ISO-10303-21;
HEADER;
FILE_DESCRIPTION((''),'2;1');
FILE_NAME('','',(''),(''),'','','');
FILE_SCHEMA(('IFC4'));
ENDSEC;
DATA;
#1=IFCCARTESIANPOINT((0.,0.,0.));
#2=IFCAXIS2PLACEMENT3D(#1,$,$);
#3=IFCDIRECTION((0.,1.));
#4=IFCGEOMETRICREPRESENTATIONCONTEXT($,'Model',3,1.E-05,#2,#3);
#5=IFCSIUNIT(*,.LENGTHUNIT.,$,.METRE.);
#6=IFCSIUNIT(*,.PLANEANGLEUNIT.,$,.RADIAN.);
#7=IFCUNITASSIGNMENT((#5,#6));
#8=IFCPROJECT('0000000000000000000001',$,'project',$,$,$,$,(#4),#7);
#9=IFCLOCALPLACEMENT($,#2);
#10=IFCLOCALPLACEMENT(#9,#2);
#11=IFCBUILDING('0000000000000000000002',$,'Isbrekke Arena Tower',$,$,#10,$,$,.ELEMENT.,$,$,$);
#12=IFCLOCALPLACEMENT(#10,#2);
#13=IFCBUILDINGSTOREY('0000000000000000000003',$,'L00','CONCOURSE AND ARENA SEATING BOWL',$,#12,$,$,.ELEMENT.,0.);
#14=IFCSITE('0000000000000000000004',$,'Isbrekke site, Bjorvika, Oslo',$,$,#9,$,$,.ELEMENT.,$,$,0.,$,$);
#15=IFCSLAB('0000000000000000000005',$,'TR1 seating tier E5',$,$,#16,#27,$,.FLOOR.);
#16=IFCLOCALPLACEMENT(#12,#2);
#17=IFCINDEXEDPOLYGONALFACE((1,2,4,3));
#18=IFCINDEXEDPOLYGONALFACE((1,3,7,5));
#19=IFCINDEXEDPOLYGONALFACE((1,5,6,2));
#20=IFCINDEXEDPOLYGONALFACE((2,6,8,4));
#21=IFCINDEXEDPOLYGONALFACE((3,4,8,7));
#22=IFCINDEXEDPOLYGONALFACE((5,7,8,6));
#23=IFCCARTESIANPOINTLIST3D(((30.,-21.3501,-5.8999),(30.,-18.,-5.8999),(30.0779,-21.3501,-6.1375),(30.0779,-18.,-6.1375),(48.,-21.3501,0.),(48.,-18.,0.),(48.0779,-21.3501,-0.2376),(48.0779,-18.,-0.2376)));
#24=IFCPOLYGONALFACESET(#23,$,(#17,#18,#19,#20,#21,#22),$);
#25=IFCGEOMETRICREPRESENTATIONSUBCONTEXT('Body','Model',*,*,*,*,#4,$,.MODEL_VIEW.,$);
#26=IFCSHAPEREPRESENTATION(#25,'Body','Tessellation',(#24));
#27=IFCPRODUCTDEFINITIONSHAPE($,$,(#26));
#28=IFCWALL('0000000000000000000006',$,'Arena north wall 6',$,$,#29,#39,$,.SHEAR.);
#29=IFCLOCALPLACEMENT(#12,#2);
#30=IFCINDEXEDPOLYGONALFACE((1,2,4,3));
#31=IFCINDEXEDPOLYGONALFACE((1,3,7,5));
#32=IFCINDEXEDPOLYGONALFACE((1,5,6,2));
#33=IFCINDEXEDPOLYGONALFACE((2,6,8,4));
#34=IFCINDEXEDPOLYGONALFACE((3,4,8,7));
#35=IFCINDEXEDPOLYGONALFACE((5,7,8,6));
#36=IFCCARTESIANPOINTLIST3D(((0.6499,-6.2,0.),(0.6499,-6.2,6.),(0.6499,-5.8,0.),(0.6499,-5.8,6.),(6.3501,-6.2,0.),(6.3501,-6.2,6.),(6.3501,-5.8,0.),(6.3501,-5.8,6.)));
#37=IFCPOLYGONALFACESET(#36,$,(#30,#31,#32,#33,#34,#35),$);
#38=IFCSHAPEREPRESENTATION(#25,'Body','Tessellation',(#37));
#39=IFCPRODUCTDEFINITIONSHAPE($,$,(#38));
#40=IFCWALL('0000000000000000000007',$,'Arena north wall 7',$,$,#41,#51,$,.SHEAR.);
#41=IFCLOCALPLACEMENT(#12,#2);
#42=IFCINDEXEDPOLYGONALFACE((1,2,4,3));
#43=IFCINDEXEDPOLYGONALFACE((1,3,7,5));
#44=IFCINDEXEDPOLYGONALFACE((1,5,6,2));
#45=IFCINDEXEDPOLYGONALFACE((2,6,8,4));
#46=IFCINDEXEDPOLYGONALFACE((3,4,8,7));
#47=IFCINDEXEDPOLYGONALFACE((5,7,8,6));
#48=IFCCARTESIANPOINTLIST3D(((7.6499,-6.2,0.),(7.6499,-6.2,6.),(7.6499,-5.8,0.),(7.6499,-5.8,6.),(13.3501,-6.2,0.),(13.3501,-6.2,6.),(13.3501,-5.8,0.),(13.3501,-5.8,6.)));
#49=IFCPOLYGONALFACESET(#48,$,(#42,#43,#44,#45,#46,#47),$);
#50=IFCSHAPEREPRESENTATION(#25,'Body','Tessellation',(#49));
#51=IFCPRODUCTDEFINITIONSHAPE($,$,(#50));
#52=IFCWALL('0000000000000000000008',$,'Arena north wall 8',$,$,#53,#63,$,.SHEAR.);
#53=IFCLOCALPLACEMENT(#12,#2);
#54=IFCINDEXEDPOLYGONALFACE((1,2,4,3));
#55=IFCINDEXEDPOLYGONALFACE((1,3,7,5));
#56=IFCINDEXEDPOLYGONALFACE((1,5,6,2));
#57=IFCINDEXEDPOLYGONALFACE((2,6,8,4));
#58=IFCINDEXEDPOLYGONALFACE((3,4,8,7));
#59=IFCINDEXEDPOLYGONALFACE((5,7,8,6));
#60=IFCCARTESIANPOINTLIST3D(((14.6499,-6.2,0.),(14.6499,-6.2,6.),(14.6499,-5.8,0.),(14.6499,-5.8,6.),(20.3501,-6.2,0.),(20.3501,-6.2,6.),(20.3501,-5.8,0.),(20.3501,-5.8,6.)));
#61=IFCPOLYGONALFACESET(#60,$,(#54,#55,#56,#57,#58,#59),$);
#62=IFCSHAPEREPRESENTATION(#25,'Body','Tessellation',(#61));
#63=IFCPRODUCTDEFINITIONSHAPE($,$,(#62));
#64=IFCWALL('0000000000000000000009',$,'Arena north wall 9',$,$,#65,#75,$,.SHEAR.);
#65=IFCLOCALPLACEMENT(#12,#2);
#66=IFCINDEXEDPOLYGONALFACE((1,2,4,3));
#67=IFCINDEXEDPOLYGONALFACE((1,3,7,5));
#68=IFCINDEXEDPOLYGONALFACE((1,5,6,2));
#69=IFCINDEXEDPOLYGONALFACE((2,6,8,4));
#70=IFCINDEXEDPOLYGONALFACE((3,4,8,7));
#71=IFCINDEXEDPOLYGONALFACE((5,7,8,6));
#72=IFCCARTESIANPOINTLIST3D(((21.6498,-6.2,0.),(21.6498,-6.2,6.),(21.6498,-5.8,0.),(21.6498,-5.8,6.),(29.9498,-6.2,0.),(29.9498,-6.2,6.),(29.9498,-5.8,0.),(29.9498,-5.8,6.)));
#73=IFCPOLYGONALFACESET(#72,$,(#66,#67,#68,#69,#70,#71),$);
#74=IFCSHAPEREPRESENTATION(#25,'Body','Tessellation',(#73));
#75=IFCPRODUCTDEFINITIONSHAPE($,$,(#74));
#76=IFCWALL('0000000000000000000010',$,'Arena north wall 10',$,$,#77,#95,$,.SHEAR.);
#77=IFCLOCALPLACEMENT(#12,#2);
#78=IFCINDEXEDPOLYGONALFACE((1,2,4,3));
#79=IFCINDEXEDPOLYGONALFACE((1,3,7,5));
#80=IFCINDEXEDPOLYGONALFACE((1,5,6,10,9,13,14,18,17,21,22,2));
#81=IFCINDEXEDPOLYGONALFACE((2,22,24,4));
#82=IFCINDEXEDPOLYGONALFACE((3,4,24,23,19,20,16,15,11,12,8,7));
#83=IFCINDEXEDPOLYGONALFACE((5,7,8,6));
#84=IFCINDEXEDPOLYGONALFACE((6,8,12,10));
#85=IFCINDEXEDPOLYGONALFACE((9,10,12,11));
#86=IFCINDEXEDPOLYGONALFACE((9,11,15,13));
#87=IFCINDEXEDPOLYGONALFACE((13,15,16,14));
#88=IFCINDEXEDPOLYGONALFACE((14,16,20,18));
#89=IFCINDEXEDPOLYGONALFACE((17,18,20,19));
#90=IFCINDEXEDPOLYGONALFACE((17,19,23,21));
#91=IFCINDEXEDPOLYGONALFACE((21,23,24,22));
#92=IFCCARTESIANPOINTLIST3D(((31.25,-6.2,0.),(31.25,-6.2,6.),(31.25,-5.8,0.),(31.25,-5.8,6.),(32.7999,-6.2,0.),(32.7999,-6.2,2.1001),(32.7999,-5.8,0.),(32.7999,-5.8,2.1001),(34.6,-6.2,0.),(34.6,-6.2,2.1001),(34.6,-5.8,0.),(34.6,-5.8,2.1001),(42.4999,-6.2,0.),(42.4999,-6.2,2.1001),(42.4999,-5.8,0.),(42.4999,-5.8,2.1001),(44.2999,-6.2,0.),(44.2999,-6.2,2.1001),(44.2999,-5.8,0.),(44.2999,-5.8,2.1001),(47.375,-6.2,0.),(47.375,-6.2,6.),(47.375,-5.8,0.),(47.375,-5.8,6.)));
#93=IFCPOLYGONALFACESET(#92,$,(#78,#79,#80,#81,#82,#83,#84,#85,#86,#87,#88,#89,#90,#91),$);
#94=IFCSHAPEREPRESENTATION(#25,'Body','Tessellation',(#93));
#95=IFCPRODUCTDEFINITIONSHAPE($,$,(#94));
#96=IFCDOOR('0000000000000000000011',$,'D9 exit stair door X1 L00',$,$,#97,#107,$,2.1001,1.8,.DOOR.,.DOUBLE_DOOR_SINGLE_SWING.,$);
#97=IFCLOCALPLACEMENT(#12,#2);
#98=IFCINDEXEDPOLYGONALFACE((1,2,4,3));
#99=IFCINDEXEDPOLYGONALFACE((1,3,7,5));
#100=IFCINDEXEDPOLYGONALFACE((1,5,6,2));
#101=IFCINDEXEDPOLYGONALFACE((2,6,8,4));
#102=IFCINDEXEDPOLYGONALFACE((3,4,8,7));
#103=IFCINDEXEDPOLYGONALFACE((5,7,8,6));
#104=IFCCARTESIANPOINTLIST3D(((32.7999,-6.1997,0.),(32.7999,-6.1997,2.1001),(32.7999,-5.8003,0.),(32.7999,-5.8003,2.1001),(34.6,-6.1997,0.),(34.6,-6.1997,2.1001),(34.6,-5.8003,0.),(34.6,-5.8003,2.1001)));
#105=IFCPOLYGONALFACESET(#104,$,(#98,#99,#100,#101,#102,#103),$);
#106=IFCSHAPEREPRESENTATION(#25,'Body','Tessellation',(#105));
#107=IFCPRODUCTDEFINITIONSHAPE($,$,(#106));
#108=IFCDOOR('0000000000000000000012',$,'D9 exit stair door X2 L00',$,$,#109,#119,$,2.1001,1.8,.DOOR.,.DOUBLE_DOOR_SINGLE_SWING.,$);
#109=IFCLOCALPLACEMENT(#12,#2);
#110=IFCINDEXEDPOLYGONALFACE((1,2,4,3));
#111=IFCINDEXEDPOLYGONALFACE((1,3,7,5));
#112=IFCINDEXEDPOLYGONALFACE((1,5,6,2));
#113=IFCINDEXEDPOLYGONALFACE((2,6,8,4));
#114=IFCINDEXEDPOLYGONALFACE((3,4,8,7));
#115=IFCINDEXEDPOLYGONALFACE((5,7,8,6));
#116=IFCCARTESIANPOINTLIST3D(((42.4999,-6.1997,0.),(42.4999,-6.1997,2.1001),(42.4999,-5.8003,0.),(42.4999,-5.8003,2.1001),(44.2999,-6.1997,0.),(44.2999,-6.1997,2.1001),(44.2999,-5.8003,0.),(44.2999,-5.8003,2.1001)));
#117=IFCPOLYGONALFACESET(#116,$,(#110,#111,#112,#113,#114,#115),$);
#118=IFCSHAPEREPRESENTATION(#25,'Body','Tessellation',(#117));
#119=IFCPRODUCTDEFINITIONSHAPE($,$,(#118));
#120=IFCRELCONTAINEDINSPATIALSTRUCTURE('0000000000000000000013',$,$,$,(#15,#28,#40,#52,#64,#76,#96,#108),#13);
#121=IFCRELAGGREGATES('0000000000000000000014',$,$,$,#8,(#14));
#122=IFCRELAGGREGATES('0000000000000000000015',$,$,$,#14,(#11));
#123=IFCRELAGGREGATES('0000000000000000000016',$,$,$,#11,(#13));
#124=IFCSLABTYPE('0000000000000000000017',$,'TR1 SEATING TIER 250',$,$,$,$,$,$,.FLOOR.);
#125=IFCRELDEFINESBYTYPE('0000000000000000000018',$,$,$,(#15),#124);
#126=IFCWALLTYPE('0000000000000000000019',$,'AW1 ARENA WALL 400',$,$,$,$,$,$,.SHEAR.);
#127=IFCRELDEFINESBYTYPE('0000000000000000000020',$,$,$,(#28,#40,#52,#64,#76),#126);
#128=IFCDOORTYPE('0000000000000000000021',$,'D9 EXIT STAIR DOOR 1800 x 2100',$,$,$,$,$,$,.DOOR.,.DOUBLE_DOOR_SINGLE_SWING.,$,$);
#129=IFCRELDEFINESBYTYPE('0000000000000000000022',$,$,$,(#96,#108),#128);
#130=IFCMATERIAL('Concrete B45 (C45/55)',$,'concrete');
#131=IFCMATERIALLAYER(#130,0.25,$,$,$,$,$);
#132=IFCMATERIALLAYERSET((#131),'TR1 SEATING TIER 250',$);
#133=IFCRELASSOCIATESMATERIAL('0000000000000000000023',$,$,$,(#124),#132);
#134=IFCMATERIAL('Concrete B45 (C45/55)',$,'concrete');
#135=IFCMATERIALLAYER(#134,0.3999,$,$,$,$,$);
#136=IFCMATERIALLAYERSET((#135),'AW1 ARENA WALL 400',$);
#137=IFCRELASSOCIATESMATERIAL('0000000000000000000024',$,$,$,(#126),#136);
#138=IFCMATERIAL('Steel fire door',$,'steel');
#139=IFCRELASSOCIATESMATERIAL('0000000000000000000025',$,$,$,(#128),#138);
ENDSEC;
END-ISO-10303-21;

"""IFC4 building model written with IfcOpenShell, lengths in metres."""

from ifc_helpers import new_model, si_unit, direction, frame, frame_2d, origin, place, context, subcontext, project, spatial, polyline, rectangle, outline, extrude, material, layer, layer_set, type_object, element, fill, save


model = new_model("IFC4")

# Units and contexts
model_context = context("Model", 3, precision=1e-05, world=origin(), true_north=direction((0.0, 1.0)))
body_context = subcontext(model_context, "Body", "Model", "MODEL_VIEW")
ifc_project = project(units=[si_unit("LENGTHUNIT", "METRE"), si_unit("PLANEANGLEUNIT", "RADIAN")], contexts=[model_context])

# Site, building, storey
site_placement = place(None, origin())
site = spatial("IfcSite", under=ifc_project, at=site_placement, Name="Isbrekke site, Bjorvika, Oslo", CompositionType="ELEMENT", RefElevation=0.0)
building_placement = place(site_placement, origin())
building = spatial("IfcBuilding", under=site, at=building_placement, Name="Isbrekke Arena Tower", CompositionType="ELEMENT")
storey_placement = place(building_placement, origin())
storey = spatial("IfcBuildingStorey", under=building, at=storey_placement, Name="L00", Description="CONCOURSE AND ARENA SEATING BOWL", CompositionType="ELEMENT", Elevation=0.0)

# Slab
ifc_material_1 = material(Name="Concrete B45 (C45/55)", Category="concrete")
ifc_layer_1 = layer(ifc_material_1, 0.25)
ifc_layer_set_1 = layer_set([ifc_layer_1], Name="TR1 SEATING TIER 250")
slab_type = type_object("IfcSlabType", Name="TR1 SEATING TIER 250", PredefinedType="FLOOR", material=ifc_layer_set_1)
slab_1_placement = place(storey_placement, frame((30.0, -21.3501, -5.8999), z_axis=(-0.311468, 0.0, 0.950257), x_axis=(0.950257, 0.0, 0.311468)))
element("IfcSlab", 1, at=slab_1_placement, inside=storey, type_object=slab_type, Name="TR1 seating tier E5", PredefinedType="FLOOR", context=body_context, shape_type="SweptSolid", body=[
    extrude(outline(polyline([(0.0, 0.0), (18.9423, 0.0), (18.9423, 3.3501), (0.0, 3.3501), (0.0, 0.0)])), origin(), (0.0, 0.0, -1.0), 0.25),
])

# Walls
ifc_material_2 = material(Name="Concrete B45 (C45/55)", Category="concrete")
ifc_layer_2 = layer(ifc_material_2, 0.3999)
ifc_layer_set_2 = layer_set([ifc_layer_2], Name="AW1 ARENA WALL 400")
wall_type = type_object("IfcWallType", Name="AW1 ARENA WALL 400", PredefinedType="SHEAR", material=ifc_layer_set_2)
for number, where, z_axis, x_axis, name in (
    (2, (0.6499, -6.0, 0.0), (0.0, 0.0, 1.0), (1.0, 0.0, 0.0), "Arena north wall 6"),
    (3, (7.6499, -6.0, 0.0), (0.0, 0.0, 1.0), (1.0, 0.0, 0.0), "Arena north wall 7"),
    (4, (14.6499, -6.0, 0.0), (0.0, 0.0, 1.0), (1.0, 0.0, 0.0), "Arena north wall 8"),
):
    element("IfcWall", number, at=place(storey_placement, frame(where, z_axis=z_axis, x_axis=x_axis)), inside=storey, type_object=wall_type, Name=name, PredefinedType="SHEAR", context=body_context, shape_type="SweptSolid", body=[
        extrude(rectangle(XDim=5.7002, YDim=0.3999, at=frame_2d((2.8501, 0.0))), origin(), (0.0, 0.0, 1.0), 6.0),
    ])
wall_1_placement = place(storey_placement, frame((21.6499, -6.0, 0.0), z_axis=(0.0, 0.0, 1.0), x_axis=(1.0, 0.0, 0.0)))
element("IfcWall", 5, at=wall_1_placement, inside=storey, type_object=wall_type, Name="Arena north wall 9", PredefinedType="SHEAR", context=body_context, shape_type="SweptSolid", body=[
    extrude(rectangle(XDim=8.3, YDim=0.3999, at=frame_2d((4.1499, 0.0))), origin(), (0.0, 0.0, 1.0), 6.0),
])

# Wall, openings, doors
wall_2_placement = place(storey_placement, frame((31.25, -6.0, 0.0), z_axis=(0.0, 0.0, 1.0), x_axis=(1.0, 0.0, 0.0)))
wall_2 = element("IfcWall", 6, at=wall_2_placement, inside=storey, type_object=wall_type, Name="Arena north wall 10", PredefinedType="SHEAR", context=body_context, shape_type="SweptSolid", body=[
    extrude(rectangle(XDim=16.125, YDim=0.3999, at=frame_2d((8.0625, 0.0))), origin(), (0.0, 0.0, 1.0), 6.0),
])
opening_1_placement = place(wall_2_placement, frame((1.55, 0.0, 0.0)))
opening_1 = element("IfcOpeningElement", 7, at=opening_1_placement, cuts=wall_2, PredefinedType="OPENING", context=body_context, shape_type="SweptSolid", body=[
    extrude(rectangle(XDim=1.8, YDim=2.1001, at=frame_2d((0.8999, 1.05))), frame((0.0, 0.2148, 0.0), z_axis=(0.0, -1.0, 0.0), x_axis=(1.0, 0.0, 0.0)), (0.0, 0.0, 1.0), 0.4297),
])
opening_2_placement = place(wall_2_placement, frame((11.25, 0.0, 0.0)))
opening_2 = element("IfcOpeningElement", 8, at=opening_2_placement, cuts=wall_2, PredefinedType="OPENING", context=body_context, shape_type="SweptSolid", body=[
    extrude(rectangle(XDim=1.8, YDim=2.1001, at=frame_2d((0.8999, 1.05))), frame((0.0, 0.2148, 0.0), z_axis=(0.0, -1.0, 0.0), x_axis=(1.0, 0.0, 0.0)), (0.0, 0.0, 1.0), 0.4297),
])
ifc_material_3 = material(Name="Steel fire door", Category="steel")
door_type = type_object("IfcDoorType", Name="D9 EXIT STAIR DOOR 1800 x 2100", OperationType="DOUBLE_DOOR_SINGLE_SWING", PredefinedType="DOOR", material=ifc_material_3)
door_1_placement = place(opening_1_placement, origin())
door_1 = element("IfcDoor", 9, at=door_1_placement, inside=storey, type_object=door_type, Name="D9 exit stair door X1 L00", OperationType="DOUBLE_DOOR_SINGLE_SWING", OverallHeight=2.1001, OverallWidth=1.8, PredefinedType="DOOR", context=body_context, shape_type="SweptSolid", body=[
    extrude(rectangle(XDim=1.8, YDim=2.1001, at=frame_2d((0.8999, 1.05))), frame((0.0, 0.1997, 0.0), z_axis=(0.0, -1.0, 0.0), x_axis=(1.0, 0.0, 0.0)), (0.0, 0.0, 1.0), 0.3994),
])
fill(opening_1, door_1)
door_2_placement = place(opening_2_placement, origin())
door_2 = element("IfcDoor", 10, at=door_2_placement, inside=storey, type_object=door_type, Name="D9 exit stair door X2 L00", OperationType="DOUBLE_DOOR_SINGLE_SWING", OverallHeight=2.1001, OverallWidth=1.8, PredefinedType="DOOR", context=body_context, shape_type="SweptSolid", body=[
    extrude(rectangle(XDim=1.8, YDim=2.1001, at=frame_2d((0.8999, 1.05))), frame((0.0, 0.1997, 0.0), z_axis=(0.0, -1.0, 0.0), x_axis=(1.0, 0.0, 0.0)), (0.0, 0.0, 1.0), 0.3994),
])
fill(opening_2, door_2)

save(model, "model.ifc")
